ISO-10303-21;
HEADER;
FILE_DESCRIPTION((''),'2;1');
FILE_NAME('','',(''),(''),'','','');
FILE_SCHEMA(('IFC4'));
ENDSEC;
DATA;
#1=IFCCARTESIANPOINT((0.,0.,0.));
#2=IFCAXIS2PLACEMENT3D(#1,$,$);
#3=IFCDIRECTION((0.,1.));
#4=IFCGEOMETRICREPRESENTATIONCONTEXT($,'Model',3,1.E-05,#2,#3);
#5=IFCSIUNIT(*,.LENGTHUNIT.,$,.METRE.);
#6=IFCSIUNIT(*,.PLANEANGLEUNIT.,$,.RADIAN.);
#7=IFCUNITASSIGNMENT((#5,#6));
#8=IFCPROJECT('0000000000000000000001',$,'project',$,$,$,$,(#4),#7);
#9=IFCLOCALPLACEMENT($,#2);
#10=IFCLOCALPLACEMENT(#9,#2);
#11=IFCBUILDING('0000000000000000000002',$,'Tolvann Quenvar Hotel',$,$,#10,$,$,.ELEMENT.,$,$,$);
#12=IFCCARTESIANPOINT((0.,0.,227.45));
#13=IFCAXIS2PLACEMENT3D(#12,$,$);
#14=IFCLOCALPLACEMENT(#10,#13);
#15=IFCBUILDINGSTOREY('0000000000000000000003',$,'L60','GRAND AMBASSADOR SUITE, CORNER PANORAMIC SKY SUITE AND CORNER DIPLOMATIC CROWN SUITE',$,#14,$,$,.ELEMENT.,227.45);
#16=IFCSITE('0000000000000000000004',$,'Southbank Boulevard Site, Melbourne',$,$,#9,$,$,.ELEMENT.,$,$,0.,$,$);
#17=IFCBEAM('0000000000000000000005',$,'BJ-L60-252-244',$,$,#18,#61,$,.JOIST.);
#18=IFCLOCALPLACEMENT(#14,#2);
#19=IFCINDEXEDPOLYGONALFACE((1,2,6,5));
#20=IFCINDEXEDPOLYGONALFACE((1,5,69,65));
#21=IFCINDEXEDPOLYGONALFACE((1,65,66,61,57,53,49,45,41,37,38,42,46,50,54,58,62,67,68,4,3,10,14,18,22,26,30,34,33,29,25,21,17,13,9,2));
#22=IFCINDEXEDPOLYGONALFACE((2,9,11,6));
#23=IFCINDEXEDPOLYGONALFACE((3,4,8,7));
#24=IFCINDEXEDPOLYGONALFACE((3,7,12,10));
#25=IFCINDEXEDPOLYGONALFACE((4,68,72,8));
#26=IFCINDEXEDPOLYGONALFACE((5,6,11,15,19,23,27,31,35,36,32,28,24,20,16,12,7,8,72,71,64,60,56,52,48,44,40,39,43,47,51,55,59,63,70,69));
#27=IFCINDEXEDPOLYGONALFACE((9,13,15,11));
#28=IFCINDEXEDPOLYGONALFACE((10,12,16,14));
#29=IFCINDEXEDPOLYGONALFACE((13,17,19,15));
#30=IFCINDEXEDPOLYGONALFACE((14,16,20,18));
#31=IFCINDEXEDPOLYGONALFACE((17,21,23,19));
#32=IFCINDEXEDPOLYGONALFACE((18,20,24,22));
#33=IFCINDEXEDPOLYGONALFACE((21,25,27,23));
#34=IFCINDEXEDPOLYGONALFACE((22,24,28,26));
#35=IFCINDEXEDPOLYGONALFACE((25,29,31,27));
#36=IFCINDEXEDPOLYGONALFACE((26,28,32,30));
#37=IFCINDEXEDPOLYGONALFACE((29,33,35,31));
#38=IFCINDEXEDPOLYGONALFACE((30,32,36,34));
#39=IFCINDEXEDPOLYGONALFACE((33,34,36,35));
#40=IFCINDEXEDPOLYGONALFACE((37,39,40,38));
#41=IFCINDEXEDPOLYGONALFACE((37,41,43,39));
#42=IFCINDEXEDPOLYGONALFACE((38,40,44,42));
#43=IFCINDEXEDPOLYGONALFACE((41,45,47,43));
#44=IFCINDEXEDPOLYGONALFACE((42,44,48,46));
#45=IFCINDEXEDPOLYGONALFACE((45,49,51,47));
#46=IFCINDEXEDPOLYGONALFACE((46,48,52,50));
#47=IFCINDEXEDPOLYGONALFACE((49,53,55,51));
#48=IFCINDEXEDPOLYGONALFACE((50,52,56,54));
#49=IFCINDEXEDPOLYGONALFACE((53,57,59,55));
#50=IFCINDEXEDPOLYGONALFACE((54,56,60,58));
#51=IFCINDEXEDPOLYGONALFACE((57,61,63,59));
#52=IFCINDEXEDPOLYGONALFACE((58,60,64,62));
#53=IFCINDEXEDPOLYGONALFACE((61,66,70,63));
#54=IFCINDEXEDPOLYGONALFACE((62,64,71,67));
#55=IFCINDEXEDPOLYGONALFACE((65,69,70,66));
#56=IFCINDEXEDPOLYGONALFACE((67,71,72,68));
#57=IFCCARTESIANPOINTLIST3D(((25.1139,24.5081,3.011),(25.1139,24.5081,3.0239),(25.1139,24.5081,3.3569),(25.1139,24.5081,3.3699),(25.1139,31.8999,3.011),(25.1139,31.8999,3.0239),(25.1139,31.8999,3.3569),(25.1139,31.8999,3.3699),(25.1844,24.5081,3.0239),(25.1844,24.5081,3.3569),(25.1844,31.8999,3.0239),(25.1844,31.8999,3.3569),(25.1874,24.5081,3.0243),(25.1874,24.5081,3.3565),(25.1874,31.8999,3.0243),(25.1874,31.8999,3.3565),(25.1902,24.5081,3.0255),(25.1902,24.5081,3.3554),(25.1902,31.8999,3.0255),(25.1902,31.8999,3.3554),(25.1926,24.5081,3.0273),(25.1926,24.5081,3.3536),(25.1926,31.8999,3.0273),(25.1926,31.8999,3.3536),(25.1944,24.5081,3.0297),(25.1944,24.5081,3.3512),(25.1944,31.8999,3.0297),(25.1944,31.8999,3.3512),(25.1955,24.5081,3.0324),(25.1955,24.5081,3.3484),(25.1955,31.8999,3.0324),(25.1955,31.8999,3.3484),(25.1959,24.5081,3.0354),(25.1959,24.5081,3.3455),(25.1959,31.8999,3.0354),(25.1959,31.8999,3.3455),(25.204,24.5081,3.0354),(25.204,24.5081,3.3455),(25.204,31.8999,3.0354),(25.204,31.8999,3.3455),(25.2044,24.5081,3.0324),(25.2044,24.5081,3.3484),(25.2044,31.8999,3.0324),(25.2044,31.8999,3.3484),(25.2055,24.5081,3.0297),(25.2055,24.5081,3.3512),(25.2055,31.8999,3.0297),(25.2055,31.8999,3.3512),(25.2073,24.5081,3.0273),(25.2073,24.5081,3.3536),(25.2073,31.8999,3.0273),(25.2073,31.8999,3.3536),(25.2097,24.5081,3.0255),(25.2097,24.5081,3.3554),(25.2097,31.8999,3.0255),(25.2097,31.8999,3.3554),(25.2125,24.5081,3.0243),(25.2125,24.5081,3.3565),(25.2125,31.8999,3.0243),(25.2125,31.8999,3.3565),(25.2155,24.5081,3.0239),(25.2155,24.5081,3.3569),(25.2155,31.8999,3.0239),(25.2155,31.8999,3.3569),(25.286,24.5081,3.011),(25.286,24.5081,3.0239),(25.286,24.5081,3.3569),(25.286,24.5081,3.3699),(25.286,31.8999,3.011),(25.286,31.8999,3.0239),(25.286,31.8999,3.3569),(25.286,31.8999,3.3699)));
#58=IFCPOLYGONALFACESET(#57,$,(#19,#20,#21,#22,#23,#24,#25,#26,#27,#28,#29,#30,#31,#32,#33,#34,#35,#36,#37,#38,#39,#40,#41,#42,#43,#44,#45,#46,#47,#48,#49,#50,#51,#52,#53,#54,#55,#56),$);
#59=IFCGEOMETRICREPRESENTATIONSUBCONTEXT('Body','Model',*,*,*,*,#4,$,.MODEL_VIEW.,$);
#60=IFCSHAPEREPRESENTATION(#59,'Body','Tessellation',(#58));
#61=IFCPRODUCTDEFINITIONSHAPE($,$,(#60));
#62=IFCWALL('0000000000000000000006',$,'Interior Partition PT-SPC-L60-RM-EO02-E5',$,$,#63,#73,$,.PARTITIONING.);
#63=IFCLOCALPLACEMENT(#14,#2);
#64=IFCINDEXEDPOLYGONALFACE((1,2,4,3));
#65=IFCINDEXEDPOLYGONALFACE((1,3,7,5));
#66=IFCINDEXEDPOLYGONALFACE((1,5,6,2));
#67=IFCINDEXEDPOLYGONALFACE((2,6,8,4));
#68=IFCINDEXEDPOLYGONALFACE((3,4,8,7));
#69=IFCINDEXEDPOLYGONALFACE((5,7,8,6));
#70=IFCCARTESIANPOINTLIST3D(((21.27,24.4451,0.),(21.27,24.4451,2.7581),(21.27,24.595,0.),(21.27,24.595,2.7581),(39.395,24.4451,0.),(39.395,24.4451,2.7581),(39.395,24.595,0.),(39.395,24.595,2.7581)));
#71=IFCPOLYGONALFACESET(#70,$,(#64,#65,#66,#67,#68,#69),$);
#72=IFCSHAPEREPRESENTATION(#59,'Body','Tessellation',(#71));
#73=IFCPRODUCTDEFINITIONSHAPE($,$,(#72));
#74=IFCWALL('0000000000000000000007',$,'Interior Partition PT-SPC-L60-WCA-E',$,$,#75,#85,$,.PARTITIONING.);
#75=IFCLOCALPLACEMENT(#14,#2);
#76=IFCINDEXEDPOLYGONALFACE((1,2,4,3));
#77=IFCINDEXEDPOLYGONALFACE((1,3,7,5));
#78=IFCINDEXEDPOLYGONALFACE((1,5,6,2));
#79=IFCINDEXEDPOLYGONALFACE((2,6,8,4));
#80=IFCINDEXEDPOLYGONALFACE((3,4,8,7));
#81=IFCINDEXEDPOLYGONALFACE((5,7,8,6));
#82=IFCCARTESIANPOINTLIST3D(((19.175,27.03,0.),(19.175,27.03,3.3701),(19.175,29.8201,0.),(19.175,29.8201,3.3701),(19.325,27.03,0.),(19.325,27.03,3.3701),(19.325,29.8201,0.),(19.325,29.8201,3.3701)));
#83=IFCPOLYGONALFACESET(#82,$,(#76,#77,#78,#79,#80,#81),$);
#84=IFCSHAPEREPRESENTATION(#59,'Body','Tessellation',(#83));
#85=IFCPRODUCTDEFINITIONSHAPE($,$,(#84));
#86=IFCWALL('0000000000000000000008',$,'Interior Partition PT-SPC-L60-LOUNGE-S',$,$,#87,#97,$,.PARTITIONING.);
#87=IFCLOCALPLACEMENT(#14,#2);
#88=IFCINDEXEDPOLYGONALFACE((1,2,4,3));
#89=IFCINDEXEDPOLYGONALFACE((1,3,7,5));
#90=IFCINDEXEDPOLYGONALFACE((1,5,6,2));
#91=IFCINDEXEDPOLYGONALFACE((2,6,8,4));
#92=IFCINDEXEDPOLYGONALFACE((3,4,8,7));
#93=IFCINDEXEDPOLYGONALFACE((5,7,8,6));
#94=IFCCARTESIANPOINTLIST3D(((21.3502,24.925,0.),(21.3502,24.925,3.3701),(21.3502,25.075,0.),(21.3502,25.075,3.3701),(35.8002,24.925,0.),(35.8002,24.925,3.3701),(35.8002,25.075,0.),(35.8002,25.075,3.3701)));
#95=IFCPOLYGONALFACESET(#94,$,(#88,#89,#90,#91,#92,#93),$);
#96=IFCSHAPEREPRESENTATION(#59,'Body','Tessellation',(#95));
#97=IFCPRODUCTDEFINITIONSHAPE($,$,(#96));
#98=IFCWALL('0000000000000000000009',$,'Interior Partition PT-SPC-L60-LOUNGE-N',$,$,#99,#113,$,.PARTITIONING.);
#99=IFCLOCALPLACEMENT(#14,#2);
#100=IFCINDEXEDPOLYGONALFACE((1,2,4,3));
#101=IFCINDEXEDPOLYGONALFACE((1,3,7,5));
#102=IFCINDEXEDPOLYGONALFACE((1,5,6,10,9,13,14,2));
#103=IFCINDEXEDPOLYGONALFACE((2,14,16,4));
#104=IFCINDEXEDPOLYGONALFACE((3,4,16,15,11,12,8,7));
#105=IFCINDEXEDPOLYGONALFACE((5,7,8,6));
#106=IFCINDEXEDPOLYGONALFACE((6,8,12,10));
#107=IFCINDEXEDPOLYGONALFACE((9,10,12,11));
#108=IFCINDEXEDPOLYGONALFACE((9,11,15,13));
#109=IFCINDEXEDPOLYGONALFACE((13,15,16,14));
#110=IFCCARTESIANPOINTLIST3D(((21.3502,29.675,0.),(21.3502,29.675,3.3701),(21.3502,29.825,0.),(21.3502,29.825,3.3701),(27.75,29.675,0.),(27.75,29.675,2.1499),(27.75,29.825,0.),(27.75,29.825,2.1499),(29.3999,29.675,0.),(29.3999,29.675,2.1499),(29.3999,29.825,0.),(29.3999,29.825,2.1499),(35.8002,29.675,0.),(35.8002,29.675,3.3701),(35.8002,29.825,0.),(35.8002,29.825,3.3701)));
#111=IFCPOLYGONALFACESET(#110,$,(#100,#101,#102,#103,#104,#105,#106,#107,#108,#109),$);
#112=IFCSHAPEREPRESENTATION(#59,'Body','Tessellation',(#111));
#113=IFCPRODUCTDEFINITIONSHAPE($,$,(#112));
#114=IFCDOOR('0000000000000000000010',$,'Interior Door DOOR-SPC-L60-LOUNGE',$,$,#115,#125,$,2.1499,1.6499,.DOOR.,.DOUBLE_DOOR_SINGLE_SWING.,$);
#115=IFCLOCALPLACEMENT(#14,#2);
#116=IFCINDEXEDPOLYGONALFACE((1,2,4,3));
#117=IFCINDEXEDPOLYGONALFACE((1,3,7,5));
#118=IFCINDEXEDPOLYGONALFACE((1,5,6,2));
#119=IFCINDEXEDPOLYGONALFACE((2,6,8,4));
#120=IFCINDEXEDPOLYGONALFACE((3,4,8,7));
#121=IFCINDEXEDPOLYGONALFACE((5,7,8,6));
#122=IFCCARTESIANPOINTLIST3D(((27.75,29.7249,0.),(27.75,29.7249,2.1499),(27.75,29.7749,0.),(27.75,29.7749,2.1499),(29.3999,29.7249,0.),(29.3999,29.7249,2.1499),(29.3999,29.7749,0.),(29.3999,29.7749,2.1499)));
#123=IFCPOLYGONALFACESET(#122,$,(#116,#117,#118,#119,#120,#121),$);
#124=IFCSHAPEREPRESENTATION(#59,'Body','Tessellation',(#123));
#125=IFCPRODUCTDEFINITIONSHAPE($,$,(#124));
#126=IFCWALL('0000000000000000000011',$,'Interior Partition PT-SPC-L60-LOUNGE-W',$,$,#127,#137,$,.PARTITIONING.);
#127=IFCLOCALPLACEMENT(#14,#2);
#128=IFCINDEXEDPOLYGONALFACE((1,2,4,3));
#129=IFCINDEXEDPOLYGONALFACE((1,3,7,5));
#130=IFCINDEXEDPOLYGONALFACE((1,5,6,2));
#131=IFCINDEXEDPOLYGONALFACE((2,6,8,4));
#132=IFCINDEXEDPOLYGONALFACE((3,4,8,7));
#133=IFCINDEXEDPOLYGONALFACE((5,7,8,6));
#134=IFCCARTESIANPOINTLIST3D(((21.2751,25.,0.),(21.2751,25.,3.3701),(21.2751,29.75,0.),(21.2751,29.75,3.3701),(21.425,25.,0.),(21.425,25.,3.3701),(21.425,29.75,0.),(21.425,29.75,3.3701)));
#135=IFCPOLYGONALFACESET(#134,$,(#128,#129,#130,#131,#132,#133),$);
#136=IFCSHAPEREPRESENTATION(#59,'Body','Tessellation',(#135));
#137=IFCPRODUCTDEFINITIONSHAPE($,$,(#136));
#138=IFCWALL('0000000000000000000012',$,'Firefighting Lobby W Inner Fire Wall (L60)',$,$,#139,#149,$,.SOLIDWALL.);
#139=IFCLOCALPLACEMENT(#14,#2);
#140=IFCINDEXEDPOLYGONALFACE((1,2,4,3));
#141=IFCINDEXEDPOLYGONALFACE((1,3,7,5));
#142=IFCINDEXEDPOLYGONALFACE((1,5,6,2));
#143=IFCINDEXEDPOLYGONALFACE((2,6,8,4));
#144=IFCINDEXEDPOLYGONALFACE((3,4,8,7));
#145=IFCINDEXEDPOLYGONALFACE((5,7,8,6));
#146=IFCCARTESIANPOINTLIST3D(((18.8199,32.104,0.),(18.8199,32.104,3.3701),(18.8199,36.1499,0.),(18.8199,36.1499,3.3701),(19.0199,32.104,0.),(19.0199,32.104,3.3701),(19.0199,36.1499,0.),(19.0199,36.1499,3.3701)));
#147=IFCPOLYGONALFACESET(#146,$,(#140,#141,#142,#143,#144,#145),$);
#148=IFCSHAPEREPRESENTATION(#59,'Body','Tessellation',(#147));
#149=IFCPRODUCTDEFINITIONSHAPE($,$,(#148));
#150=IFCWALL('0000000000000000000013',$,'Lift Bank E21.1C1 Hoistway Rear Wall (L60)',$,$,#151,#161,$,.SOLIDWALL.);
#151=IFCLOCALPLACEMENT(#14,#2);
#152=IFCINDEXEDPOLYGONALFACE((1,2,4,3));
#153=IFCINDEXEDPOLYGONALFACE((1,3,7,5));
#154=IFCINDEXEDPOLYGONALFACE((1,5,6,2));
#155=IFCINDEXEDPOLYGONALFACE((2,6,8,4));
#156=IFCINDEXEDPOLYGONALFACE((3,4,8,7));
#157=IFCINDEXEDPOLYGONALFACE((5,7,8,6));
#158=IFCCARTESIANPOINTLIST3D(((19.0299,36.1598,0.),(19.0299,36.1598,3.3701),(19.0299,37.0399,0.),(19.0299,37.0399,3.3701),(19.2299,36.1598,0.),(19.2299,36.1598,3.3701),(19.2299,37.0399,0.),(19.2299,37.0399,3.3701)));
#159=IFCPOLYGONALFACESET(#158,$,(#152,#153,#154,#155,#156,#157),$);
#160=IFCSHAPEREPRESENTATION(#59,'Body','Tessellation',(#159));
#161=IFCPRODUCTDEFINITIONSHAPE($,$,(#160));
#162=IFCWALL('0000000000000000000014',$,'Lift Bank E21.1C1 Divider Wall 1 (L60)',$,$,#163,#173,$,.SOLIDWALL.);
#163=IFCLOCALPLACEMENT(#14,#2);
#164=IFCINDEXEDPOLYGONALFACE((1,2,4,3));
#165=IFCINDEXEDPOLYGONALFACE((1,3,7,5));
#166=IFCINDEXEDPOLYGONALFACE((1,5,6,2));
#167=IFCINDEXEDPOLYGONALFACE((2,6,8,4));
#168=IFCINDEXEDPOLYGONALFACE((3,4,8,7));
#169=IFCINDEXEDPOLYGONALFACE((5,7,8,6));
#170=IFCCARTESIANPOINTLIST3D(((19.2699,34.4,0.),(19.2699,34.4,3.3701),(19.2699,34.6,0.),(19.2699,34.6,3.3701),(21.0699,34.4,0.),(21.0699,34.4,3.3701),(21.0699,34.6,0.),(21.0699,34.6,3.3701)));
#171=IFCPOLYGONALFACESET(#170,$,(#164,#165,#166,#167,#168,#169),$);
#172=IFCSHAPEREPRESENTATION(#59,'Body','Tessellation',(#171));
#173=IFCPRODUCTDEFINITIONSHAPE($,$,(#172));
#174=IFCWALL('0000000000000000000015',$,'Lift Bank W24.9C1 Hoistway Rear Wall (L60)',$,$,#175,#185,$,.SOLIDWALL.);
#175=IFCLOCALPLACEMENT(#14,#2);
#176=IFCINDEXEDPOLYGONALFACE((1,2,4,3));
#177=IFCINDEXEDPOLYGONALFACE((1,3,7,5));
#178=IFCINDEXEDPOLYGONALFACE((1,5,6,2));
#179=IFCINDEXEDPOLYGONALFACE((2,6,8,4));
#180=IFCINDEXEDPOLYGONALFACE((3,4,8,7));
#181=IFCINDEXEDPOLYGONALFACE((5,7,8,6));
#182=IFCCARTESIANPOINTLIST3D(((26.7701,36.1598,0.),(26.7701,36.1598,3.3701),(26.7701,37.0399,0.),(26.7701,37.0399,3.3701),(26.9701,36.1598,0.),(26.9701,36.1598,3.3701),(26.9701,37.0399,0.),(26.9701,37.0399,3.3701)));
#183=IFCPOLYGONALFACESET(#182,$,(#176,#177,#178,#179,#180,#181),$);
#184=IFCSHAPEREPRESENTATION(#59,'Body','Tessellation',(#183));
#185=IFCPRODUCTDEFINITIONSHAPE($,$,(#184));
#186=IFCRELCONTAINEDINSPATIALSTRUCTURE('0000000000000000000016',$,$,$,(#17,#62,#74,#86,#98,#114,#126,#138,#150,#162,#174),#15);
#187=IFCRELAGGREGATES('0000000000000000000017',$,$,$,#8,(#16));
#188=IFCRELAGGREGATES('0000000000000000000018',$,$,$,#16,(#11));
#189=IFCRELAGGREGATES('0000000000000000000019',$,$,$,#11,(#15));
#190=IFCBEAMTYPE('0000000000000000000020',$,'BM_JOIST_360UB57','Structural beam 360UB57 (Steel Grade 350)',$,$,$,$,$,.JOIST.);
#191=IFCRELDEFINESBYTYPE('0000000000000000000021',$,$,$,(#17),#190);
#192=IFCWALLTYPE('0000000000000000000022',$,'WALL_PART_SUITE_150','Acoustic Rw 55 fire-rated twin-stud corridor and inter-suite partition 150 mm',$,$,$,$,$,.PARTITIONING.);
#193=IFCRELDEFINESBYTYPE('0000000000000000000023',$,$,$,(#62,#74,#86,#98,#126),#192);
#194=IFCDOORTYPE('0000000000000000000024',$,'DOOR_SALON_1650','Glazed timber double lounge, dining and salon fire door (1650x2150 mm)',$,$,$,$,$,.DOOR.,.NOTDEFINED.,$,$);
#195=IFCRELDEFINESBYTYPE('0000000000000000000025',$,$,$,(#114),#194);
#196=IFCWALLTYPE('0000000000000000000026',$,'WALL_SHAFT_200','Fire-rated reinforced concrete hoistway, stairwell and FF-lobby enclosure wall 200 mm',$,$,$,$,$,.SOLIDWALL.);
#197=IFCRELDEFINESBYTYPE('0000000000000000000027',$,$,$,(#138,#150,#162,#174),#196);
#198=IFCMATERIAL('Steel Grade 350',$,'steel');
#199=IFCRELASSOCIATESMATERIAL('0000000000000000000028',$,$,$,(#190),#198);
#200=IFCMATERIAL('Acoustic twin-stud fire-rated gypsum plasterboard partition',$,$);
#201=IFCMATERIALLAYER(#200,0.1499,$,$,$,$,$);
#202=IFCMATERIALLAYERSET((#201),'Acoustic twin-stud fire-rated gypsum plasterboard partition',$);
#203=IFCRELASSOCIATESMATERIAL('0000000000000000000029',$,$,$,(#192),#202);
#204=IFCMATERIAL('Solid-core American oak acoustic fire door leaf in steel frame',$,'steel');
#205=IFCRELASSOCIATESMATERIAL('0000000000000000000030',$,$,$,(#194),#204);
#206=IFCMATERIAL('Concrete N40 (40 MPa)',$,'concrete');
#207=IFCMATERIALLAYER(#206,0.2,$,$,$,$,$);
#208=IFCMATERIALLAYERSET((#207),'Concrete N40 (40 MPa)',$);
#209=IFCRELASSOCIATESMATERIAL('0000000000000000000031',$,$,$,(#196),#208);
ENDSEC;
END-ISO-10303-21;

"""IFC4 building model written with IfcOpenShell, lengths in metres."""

from ifc_helpers import new_model, si_unit, direction, frame, frame_2d, origin, origin_2d, place, context, subcontext, project, spatial, rectangle, i_section, extrude, source, transform, mapped, material, layer, layer_set, material_profile, profile_set, type_object, type_shapes, element, fill, save


model = new_model("IFC4")

# Units and contexts
model_context = context("Model", 3, precision=1e-05, world=origin(), true_north=direction((0.0, 1.0)))
body_context = subcontext(model_context, "Body", "Model", "MODEL_VIEW")
ifc_project = project(units=[si_unit("LENGTHUNIT", "METRE"), si_unit("PLANEANGLEUNIT", "RADIAN")], contexts=[model_context])

# Site, building, storey
site_placement = place(None, origin())
site = spatial("IfcSite", under=ifc_project, at=site_placement, Name="Southbank Boulevard Site, Melbourne", CompositionType="ELEMENT", RefElevation=0.0)
building_placement = place(site_placement, origin())
building = spatial("IfcBuilding", under=site, at=building_placement, Name="Tolvann Quenvar Hotel", CompositionType="ELEMENT")
storey_placement = place(building_placement, frame((0.0, 0.0, 227.45)))
storey = spatial("IfcBuildingStorey", under=building, at=storey_placement, Name="L60", Description="GRAND AMBASSADOR SUITE, CORNER PANORAMIC SKY SUITE AND CORNER DIPLOMATIC CROWN SUITE", CompositionType="ELEMENT", Elevation=227.45)

# Beam
ifc_material_1 = material(Name="Steel Grade 350", Category="steel")
ifc_material_profile_1 = material_profile(ifc_material_1, i_section(OverallWidth=0.1721, OverallDepth=0.3589, WebThickness=0.0081, FlangeThickness=0.0129, FilletRadius=0.0115, at=origin_2d()), Name="360UB57")
ifc_profile_set_1 = profile_set([ifc_material_profile_1], Name="Steel Grade 350")
beam_type_1 = type_object("IfcBeamType", Name="BM_JOIST_360UB57", Description="Structural beam 360UB57 (Steel Grade 350)", PredefinedType="JOIST", material=ifc_profile_set_1)
shared_shape_1 = source(origin(), body_context, "Body", "SweptSolid", [
    extrude(i_section(OverallWidth=0.1721, OverallDepth=0.3589, WebThickness=0.0081, FlangeThickness=0.0129, FilletRadius=0.0115, at=origin_2d()), origin(), (0.0, 0.0, 1.0), 7.3918),
])
beam_1_placement = place(storey_placement, frame((25.2, 24.5081, 3.1904), z_axis=(0.0, 1.0, 0.0), x_axis=(-1.0, 0.0, 0.0)))
element("IfcBeam", 1, at=beam_1_placement, inside=storey, type_object=beam_type_1, Name="BJ-L60-252-244", PredefinedType="JOIST", context=body_context, shape_type="MappedRepresentation", body=[
    mapped(shared_shape_1, transform((0.0, 0.0, 0.0), x_axis=(1.0, 0.0, 0.0), y_axis=(0.0, 1.0, 0.0), z_axis=(0.0, 0.0, 1.0), scale=1.0)),
])

# Walls
ifc_material_2 = material(Name="Acoustic twin-stud fire-rated gypsum plasterboard partition")
ifc_layer_1 = layer(ifc_material_2, 0.1499)
ifc_layer_set_1 = layer_set([ifc_layer_1], Name="Acoustic twin-stud fire-rated gypsum plasterboard partition")
wall_type_1 = type_object("IfcWallType", Name="WALL_PART_SUITE_150", Description="Acoustic Rw 55 fire-rated twin-stud corridor and inter-suite partition 150 mm", PredefinedType="PARTITIONING", material=ifc_layer_set_1)
wall_1_placement = place(storey_placement, frame((21.27, 24.52, 0.0), z_axis=(0.0, 0.0, 1.0), x_axis=(1.0, 0.0, 0.0)))
element("IfcWall", 2, at=wall_1_placement, inside=storey, type_object=wall_type_1, Name="Interior Partition PT-SPC-L60-RM-EO02-E5", PredefinedType="PARTITIONING", context=body_context, shape_type="SweptSolid", body=[
    extrude(rectangle(XDim=18.125, YDim=0.1499, at=frame_2d((9.0625, 0.0))), origin(), (0.0, 0.0, 1.0), 2.7581),
])
wall_2_placement = place(storey_placement, frame((19.25, 27.03, 0.0), z_axis=(0.0, 0.0, 1.0), x_axis=(0.0, 1.0, 0.0)))
element("IfcWall", 3, at=wall_2_placement, inside=storey, type_object=wall_type_1, Name="Interior Partition PT-SPC-L60-WCA-E", PredefinedType="PARTITIONING", context=body_context, shape_type="SweptSolid", body=[
    extrude(rectangle(XDim=2.79, YDim=0.1499, at=frame_2d((1.395, 0.0))), origin(), (0.0, 0.0, 1.0), 3.3701),
])
wall_3_placement = place(storey_placement, frame((21.3501, 25.0, 0.0), z_axis=(0.0, 0.0, 1.0), x_axis=(1.0, 0.0, 0.0)))
element("IfcWall", 4, at=wall_3_placement, inside=storey, type_object=wall_type_1, Name="Interior Partition PT-SPC-L60-LOUNGE-S", PredefinedType="PARTITIONING", context=body_context, shape_type="SweptSolid", body=[
    extrude(rectangle(XDim=14.45, YDim=0.1499, at=frame_2d((7.2251, 0.0))), origin(), (0.0, 0.0, 1.0), 3.3701),
])

# Wall, opening, door
wall_4_placement = place(storey_placement, frame((21.3501, 29.75, 0.0), z_axis=(0.0, 0.0, 1.0), x_axis=(1.0, 0.0, 0.0)))
wall_4 = element("IfcWall", 5, at=wall_4_placement, inside=storey, type_object=wall_type_1, Name="Interior Partition PT-SPC-L60-LOUNGE-N", PredefinedType="PARTITIONING", context=body_context, shape_type="SweptSolid", body=[
    extrude(rectangle(XDim=14.45, YDim=0.1499, at=frame_2d((7.2251, 0.0))), origin(), (0.0, 0.0, 1.0), 3.3701),
])
opening_1_placement = place(wall_4_placement, frame((6.3999, 0.0, 0.0)))
opening_1 = element("IfcOpeningElement", 6, at=opening_1_placement, cuts=wall_4, PredefinedType="OPENING", context=body_context, shape_type="SweptSolid", body=[
    extrude(rectangle(XDim=1.6499, YDim=2.1499, at=frame_2d((0.825, 1.075))), frame((0.0, 0.085, 0.0), z_axis=(0.0, -1.0, 0.0), x_axis=(1.0, 0.0, 0.0)), (0.0, 0.0, 1.0), 0.1699),
])
ifc_material_3 = material(Name="Solid-core American oak acoustic fire door leaf in steel frame", Category="steel")
door_type_1 = type_object("IfcDoorType", Name="DOOR_SALON_1650", Description="Glazed timber double lounge, dining and salon fire door (1650x2150 mm)", OperationType="NOTDEFINED", PredefinedType="DOOR", material=ifc_material_3)
shared_shape_2 = source(origin(), body_context, "Body", "SweptSolid", [
    extrude(rectangle(XDim=1.6499, YDim=2.1499, at=frame_2d((0.825, 1.075))), frame((0.0, 0.0249, 0.0), z_axis=(0.0, -1.0, 0.0), x_axis=(1.0, 0.0, 0.0)), (0.0, 0.0, 1.0), 0.05),
])
type_shapes(door_type_1, [shared_shape_2])
door_1_placement = place(opening_1_placement, origin())
door_1 = element("IfcDoor", 7, at=door_1_placement, inside=storey, type_object=door_type_1, Name="Interior Door DOOR-SPC-L60-LOUNGE", OperationType="DOUBLE_DOOR_SINGLE_SWING", OverallHeight=2.1499, OverallWidth=1.6499, PredefinedType="DOOR", context=body_context, shape_type="MappedRepresentation", body=[
    mapped(shared_shape_2, transform((0.0, 0.0, 0.0), x_axis=(1.0, 0.0, 0.0), y_axis=(0.0, 1.0, 0.0), z_axis=(0.0, 0.0, 1.0), scale=1.0)),
])
fill(opening_1, door_1)

# Walls
wall_5_placement = place(storey_placement, frame((21.3501, 25.0, 0.0), z_axis=(0.0, 0.0, 1.0), x_axis=(0.0, 1.0, 0.0)))
element("IfcWall", 8, at=wall_5_placement, inside=storey, type_object=wall_type_1, Name="Interior Partition PT-SPC-L60-LOUNGE-W", PredefinedType="PARTITIONING", context=body_context, shape_type="SweptSolid", body=[
    extrude(rectangle(XDim=4.75, YDim=0.1499, at=frame_2d((2.375, 0.0))), origin(), (0.0, 0.0, 1.0), 3.3701),
])
ifc_material_4 = material(Name="Concrete N40 (40 MPa)", Category="concrete")
ifc_layer_2 = layer(ifc_material_4, 0.2)
ifc_layer_set_2 = layer_set([ifc_layer_2], Name="Concrete N40 (40 MPa)")
wall_type_2 = type_object("IfcWallType", Name="WALL_SHAFT_200", Description="Fire-rated reinforced concrete hoistway, stairwell and FF-lobby enclosure wall 200 mm", PredefinedType="SOLIDWALL", material=ifc_layer_set_2)
wall_6_placement = place(storey_placement, frame((18.9199, 32.104, 0.0), z_axis=(0.0, 0.0, 1.0), x_axis=(0.0, 1.0, 0.0)))
element("IfcWall", 9, at=wall_6_placement, inside=storey, type_object=wall_type_2, Name="Firefighting Lobby W Inner Fire Wall (L60)", PredefinedType="SOLIDWALL", context=body_context, shape_type="SweptSolid", body=[
    extrude(rectangle(XDim=4.0459, YDim=0.2, at=frame_2d((2.0229, 0.0))), origin(), (0.0, 0.0, 1.0), 3.3701),
])

# Walls
wall_7_placement = place(storey_placement, frame((19.1299, 36.1599, 0.0), z_axis=(0.0, 0.0, 1.0), x_axis=(0.0, 1.0, 0.0)))
element("IfcWall", 10, at=wall_7_placement, inside=storey, type_object=wall_type_2, Name="Lift Bank E21.1C1 Hoistway Rear Wall (L60)", PredefinedType="SOLIDWALL", context=body_context, shape_type="SweptSolid", body=[
    extrude(rectangle(XDim=0.8801, YDim=0.2, at=frame_2d((0.4399, 0.0))), origin(), (0.0, 0.0, 1.0), 3.3701),
])
wall_8_placement = place(storey_placement, frame((19.27, 34.5, 0.0), z_axis=(0.0, 0.0, 1.0), x_axis=(1.0, 0.0, 0.0)))
element("IfcWall", 11, at=wall_8_placement, inside=storey, type_object=wall_type_2, Name="Lift Bank E21.1C1 Divider Wall 1 (L60)", PredefinedType="SOLIDWALL", context=body_context, shape_type="SweptSolid", body=[
    extrude(rectangle(XDim=1.8, YDim=0.2, at=frame_2d((0.8999, 0.0))), origin(), (0.0, 0.0, 1.0), 3.3701),
])

# Wall
wall_9_placement = place(storey_placement, frame((26.8701, 36.1599, 0.0), z_axis=(0.0, 0.0, 1.0), x_axis=(0.0, 1.0, 0.0)))
element("IfcWall", 12, at=wall_9_placement, inside=storey, type_object=wall_type_2, Name="Lift Bank W24.9C1 Hoistway Rear Wall (L60)", PredefinedType="SOLIDWALL", context=body_context, shape_type="SweptSolid", body=[
    extrude(rectangle(XDim=0.8801, YDim=0.2, at=frame_2d((0.4399, 0.0))), origin(), (0.0, 0.0, 1.0), 3.3701),
])

save(model, "model.ifc")
